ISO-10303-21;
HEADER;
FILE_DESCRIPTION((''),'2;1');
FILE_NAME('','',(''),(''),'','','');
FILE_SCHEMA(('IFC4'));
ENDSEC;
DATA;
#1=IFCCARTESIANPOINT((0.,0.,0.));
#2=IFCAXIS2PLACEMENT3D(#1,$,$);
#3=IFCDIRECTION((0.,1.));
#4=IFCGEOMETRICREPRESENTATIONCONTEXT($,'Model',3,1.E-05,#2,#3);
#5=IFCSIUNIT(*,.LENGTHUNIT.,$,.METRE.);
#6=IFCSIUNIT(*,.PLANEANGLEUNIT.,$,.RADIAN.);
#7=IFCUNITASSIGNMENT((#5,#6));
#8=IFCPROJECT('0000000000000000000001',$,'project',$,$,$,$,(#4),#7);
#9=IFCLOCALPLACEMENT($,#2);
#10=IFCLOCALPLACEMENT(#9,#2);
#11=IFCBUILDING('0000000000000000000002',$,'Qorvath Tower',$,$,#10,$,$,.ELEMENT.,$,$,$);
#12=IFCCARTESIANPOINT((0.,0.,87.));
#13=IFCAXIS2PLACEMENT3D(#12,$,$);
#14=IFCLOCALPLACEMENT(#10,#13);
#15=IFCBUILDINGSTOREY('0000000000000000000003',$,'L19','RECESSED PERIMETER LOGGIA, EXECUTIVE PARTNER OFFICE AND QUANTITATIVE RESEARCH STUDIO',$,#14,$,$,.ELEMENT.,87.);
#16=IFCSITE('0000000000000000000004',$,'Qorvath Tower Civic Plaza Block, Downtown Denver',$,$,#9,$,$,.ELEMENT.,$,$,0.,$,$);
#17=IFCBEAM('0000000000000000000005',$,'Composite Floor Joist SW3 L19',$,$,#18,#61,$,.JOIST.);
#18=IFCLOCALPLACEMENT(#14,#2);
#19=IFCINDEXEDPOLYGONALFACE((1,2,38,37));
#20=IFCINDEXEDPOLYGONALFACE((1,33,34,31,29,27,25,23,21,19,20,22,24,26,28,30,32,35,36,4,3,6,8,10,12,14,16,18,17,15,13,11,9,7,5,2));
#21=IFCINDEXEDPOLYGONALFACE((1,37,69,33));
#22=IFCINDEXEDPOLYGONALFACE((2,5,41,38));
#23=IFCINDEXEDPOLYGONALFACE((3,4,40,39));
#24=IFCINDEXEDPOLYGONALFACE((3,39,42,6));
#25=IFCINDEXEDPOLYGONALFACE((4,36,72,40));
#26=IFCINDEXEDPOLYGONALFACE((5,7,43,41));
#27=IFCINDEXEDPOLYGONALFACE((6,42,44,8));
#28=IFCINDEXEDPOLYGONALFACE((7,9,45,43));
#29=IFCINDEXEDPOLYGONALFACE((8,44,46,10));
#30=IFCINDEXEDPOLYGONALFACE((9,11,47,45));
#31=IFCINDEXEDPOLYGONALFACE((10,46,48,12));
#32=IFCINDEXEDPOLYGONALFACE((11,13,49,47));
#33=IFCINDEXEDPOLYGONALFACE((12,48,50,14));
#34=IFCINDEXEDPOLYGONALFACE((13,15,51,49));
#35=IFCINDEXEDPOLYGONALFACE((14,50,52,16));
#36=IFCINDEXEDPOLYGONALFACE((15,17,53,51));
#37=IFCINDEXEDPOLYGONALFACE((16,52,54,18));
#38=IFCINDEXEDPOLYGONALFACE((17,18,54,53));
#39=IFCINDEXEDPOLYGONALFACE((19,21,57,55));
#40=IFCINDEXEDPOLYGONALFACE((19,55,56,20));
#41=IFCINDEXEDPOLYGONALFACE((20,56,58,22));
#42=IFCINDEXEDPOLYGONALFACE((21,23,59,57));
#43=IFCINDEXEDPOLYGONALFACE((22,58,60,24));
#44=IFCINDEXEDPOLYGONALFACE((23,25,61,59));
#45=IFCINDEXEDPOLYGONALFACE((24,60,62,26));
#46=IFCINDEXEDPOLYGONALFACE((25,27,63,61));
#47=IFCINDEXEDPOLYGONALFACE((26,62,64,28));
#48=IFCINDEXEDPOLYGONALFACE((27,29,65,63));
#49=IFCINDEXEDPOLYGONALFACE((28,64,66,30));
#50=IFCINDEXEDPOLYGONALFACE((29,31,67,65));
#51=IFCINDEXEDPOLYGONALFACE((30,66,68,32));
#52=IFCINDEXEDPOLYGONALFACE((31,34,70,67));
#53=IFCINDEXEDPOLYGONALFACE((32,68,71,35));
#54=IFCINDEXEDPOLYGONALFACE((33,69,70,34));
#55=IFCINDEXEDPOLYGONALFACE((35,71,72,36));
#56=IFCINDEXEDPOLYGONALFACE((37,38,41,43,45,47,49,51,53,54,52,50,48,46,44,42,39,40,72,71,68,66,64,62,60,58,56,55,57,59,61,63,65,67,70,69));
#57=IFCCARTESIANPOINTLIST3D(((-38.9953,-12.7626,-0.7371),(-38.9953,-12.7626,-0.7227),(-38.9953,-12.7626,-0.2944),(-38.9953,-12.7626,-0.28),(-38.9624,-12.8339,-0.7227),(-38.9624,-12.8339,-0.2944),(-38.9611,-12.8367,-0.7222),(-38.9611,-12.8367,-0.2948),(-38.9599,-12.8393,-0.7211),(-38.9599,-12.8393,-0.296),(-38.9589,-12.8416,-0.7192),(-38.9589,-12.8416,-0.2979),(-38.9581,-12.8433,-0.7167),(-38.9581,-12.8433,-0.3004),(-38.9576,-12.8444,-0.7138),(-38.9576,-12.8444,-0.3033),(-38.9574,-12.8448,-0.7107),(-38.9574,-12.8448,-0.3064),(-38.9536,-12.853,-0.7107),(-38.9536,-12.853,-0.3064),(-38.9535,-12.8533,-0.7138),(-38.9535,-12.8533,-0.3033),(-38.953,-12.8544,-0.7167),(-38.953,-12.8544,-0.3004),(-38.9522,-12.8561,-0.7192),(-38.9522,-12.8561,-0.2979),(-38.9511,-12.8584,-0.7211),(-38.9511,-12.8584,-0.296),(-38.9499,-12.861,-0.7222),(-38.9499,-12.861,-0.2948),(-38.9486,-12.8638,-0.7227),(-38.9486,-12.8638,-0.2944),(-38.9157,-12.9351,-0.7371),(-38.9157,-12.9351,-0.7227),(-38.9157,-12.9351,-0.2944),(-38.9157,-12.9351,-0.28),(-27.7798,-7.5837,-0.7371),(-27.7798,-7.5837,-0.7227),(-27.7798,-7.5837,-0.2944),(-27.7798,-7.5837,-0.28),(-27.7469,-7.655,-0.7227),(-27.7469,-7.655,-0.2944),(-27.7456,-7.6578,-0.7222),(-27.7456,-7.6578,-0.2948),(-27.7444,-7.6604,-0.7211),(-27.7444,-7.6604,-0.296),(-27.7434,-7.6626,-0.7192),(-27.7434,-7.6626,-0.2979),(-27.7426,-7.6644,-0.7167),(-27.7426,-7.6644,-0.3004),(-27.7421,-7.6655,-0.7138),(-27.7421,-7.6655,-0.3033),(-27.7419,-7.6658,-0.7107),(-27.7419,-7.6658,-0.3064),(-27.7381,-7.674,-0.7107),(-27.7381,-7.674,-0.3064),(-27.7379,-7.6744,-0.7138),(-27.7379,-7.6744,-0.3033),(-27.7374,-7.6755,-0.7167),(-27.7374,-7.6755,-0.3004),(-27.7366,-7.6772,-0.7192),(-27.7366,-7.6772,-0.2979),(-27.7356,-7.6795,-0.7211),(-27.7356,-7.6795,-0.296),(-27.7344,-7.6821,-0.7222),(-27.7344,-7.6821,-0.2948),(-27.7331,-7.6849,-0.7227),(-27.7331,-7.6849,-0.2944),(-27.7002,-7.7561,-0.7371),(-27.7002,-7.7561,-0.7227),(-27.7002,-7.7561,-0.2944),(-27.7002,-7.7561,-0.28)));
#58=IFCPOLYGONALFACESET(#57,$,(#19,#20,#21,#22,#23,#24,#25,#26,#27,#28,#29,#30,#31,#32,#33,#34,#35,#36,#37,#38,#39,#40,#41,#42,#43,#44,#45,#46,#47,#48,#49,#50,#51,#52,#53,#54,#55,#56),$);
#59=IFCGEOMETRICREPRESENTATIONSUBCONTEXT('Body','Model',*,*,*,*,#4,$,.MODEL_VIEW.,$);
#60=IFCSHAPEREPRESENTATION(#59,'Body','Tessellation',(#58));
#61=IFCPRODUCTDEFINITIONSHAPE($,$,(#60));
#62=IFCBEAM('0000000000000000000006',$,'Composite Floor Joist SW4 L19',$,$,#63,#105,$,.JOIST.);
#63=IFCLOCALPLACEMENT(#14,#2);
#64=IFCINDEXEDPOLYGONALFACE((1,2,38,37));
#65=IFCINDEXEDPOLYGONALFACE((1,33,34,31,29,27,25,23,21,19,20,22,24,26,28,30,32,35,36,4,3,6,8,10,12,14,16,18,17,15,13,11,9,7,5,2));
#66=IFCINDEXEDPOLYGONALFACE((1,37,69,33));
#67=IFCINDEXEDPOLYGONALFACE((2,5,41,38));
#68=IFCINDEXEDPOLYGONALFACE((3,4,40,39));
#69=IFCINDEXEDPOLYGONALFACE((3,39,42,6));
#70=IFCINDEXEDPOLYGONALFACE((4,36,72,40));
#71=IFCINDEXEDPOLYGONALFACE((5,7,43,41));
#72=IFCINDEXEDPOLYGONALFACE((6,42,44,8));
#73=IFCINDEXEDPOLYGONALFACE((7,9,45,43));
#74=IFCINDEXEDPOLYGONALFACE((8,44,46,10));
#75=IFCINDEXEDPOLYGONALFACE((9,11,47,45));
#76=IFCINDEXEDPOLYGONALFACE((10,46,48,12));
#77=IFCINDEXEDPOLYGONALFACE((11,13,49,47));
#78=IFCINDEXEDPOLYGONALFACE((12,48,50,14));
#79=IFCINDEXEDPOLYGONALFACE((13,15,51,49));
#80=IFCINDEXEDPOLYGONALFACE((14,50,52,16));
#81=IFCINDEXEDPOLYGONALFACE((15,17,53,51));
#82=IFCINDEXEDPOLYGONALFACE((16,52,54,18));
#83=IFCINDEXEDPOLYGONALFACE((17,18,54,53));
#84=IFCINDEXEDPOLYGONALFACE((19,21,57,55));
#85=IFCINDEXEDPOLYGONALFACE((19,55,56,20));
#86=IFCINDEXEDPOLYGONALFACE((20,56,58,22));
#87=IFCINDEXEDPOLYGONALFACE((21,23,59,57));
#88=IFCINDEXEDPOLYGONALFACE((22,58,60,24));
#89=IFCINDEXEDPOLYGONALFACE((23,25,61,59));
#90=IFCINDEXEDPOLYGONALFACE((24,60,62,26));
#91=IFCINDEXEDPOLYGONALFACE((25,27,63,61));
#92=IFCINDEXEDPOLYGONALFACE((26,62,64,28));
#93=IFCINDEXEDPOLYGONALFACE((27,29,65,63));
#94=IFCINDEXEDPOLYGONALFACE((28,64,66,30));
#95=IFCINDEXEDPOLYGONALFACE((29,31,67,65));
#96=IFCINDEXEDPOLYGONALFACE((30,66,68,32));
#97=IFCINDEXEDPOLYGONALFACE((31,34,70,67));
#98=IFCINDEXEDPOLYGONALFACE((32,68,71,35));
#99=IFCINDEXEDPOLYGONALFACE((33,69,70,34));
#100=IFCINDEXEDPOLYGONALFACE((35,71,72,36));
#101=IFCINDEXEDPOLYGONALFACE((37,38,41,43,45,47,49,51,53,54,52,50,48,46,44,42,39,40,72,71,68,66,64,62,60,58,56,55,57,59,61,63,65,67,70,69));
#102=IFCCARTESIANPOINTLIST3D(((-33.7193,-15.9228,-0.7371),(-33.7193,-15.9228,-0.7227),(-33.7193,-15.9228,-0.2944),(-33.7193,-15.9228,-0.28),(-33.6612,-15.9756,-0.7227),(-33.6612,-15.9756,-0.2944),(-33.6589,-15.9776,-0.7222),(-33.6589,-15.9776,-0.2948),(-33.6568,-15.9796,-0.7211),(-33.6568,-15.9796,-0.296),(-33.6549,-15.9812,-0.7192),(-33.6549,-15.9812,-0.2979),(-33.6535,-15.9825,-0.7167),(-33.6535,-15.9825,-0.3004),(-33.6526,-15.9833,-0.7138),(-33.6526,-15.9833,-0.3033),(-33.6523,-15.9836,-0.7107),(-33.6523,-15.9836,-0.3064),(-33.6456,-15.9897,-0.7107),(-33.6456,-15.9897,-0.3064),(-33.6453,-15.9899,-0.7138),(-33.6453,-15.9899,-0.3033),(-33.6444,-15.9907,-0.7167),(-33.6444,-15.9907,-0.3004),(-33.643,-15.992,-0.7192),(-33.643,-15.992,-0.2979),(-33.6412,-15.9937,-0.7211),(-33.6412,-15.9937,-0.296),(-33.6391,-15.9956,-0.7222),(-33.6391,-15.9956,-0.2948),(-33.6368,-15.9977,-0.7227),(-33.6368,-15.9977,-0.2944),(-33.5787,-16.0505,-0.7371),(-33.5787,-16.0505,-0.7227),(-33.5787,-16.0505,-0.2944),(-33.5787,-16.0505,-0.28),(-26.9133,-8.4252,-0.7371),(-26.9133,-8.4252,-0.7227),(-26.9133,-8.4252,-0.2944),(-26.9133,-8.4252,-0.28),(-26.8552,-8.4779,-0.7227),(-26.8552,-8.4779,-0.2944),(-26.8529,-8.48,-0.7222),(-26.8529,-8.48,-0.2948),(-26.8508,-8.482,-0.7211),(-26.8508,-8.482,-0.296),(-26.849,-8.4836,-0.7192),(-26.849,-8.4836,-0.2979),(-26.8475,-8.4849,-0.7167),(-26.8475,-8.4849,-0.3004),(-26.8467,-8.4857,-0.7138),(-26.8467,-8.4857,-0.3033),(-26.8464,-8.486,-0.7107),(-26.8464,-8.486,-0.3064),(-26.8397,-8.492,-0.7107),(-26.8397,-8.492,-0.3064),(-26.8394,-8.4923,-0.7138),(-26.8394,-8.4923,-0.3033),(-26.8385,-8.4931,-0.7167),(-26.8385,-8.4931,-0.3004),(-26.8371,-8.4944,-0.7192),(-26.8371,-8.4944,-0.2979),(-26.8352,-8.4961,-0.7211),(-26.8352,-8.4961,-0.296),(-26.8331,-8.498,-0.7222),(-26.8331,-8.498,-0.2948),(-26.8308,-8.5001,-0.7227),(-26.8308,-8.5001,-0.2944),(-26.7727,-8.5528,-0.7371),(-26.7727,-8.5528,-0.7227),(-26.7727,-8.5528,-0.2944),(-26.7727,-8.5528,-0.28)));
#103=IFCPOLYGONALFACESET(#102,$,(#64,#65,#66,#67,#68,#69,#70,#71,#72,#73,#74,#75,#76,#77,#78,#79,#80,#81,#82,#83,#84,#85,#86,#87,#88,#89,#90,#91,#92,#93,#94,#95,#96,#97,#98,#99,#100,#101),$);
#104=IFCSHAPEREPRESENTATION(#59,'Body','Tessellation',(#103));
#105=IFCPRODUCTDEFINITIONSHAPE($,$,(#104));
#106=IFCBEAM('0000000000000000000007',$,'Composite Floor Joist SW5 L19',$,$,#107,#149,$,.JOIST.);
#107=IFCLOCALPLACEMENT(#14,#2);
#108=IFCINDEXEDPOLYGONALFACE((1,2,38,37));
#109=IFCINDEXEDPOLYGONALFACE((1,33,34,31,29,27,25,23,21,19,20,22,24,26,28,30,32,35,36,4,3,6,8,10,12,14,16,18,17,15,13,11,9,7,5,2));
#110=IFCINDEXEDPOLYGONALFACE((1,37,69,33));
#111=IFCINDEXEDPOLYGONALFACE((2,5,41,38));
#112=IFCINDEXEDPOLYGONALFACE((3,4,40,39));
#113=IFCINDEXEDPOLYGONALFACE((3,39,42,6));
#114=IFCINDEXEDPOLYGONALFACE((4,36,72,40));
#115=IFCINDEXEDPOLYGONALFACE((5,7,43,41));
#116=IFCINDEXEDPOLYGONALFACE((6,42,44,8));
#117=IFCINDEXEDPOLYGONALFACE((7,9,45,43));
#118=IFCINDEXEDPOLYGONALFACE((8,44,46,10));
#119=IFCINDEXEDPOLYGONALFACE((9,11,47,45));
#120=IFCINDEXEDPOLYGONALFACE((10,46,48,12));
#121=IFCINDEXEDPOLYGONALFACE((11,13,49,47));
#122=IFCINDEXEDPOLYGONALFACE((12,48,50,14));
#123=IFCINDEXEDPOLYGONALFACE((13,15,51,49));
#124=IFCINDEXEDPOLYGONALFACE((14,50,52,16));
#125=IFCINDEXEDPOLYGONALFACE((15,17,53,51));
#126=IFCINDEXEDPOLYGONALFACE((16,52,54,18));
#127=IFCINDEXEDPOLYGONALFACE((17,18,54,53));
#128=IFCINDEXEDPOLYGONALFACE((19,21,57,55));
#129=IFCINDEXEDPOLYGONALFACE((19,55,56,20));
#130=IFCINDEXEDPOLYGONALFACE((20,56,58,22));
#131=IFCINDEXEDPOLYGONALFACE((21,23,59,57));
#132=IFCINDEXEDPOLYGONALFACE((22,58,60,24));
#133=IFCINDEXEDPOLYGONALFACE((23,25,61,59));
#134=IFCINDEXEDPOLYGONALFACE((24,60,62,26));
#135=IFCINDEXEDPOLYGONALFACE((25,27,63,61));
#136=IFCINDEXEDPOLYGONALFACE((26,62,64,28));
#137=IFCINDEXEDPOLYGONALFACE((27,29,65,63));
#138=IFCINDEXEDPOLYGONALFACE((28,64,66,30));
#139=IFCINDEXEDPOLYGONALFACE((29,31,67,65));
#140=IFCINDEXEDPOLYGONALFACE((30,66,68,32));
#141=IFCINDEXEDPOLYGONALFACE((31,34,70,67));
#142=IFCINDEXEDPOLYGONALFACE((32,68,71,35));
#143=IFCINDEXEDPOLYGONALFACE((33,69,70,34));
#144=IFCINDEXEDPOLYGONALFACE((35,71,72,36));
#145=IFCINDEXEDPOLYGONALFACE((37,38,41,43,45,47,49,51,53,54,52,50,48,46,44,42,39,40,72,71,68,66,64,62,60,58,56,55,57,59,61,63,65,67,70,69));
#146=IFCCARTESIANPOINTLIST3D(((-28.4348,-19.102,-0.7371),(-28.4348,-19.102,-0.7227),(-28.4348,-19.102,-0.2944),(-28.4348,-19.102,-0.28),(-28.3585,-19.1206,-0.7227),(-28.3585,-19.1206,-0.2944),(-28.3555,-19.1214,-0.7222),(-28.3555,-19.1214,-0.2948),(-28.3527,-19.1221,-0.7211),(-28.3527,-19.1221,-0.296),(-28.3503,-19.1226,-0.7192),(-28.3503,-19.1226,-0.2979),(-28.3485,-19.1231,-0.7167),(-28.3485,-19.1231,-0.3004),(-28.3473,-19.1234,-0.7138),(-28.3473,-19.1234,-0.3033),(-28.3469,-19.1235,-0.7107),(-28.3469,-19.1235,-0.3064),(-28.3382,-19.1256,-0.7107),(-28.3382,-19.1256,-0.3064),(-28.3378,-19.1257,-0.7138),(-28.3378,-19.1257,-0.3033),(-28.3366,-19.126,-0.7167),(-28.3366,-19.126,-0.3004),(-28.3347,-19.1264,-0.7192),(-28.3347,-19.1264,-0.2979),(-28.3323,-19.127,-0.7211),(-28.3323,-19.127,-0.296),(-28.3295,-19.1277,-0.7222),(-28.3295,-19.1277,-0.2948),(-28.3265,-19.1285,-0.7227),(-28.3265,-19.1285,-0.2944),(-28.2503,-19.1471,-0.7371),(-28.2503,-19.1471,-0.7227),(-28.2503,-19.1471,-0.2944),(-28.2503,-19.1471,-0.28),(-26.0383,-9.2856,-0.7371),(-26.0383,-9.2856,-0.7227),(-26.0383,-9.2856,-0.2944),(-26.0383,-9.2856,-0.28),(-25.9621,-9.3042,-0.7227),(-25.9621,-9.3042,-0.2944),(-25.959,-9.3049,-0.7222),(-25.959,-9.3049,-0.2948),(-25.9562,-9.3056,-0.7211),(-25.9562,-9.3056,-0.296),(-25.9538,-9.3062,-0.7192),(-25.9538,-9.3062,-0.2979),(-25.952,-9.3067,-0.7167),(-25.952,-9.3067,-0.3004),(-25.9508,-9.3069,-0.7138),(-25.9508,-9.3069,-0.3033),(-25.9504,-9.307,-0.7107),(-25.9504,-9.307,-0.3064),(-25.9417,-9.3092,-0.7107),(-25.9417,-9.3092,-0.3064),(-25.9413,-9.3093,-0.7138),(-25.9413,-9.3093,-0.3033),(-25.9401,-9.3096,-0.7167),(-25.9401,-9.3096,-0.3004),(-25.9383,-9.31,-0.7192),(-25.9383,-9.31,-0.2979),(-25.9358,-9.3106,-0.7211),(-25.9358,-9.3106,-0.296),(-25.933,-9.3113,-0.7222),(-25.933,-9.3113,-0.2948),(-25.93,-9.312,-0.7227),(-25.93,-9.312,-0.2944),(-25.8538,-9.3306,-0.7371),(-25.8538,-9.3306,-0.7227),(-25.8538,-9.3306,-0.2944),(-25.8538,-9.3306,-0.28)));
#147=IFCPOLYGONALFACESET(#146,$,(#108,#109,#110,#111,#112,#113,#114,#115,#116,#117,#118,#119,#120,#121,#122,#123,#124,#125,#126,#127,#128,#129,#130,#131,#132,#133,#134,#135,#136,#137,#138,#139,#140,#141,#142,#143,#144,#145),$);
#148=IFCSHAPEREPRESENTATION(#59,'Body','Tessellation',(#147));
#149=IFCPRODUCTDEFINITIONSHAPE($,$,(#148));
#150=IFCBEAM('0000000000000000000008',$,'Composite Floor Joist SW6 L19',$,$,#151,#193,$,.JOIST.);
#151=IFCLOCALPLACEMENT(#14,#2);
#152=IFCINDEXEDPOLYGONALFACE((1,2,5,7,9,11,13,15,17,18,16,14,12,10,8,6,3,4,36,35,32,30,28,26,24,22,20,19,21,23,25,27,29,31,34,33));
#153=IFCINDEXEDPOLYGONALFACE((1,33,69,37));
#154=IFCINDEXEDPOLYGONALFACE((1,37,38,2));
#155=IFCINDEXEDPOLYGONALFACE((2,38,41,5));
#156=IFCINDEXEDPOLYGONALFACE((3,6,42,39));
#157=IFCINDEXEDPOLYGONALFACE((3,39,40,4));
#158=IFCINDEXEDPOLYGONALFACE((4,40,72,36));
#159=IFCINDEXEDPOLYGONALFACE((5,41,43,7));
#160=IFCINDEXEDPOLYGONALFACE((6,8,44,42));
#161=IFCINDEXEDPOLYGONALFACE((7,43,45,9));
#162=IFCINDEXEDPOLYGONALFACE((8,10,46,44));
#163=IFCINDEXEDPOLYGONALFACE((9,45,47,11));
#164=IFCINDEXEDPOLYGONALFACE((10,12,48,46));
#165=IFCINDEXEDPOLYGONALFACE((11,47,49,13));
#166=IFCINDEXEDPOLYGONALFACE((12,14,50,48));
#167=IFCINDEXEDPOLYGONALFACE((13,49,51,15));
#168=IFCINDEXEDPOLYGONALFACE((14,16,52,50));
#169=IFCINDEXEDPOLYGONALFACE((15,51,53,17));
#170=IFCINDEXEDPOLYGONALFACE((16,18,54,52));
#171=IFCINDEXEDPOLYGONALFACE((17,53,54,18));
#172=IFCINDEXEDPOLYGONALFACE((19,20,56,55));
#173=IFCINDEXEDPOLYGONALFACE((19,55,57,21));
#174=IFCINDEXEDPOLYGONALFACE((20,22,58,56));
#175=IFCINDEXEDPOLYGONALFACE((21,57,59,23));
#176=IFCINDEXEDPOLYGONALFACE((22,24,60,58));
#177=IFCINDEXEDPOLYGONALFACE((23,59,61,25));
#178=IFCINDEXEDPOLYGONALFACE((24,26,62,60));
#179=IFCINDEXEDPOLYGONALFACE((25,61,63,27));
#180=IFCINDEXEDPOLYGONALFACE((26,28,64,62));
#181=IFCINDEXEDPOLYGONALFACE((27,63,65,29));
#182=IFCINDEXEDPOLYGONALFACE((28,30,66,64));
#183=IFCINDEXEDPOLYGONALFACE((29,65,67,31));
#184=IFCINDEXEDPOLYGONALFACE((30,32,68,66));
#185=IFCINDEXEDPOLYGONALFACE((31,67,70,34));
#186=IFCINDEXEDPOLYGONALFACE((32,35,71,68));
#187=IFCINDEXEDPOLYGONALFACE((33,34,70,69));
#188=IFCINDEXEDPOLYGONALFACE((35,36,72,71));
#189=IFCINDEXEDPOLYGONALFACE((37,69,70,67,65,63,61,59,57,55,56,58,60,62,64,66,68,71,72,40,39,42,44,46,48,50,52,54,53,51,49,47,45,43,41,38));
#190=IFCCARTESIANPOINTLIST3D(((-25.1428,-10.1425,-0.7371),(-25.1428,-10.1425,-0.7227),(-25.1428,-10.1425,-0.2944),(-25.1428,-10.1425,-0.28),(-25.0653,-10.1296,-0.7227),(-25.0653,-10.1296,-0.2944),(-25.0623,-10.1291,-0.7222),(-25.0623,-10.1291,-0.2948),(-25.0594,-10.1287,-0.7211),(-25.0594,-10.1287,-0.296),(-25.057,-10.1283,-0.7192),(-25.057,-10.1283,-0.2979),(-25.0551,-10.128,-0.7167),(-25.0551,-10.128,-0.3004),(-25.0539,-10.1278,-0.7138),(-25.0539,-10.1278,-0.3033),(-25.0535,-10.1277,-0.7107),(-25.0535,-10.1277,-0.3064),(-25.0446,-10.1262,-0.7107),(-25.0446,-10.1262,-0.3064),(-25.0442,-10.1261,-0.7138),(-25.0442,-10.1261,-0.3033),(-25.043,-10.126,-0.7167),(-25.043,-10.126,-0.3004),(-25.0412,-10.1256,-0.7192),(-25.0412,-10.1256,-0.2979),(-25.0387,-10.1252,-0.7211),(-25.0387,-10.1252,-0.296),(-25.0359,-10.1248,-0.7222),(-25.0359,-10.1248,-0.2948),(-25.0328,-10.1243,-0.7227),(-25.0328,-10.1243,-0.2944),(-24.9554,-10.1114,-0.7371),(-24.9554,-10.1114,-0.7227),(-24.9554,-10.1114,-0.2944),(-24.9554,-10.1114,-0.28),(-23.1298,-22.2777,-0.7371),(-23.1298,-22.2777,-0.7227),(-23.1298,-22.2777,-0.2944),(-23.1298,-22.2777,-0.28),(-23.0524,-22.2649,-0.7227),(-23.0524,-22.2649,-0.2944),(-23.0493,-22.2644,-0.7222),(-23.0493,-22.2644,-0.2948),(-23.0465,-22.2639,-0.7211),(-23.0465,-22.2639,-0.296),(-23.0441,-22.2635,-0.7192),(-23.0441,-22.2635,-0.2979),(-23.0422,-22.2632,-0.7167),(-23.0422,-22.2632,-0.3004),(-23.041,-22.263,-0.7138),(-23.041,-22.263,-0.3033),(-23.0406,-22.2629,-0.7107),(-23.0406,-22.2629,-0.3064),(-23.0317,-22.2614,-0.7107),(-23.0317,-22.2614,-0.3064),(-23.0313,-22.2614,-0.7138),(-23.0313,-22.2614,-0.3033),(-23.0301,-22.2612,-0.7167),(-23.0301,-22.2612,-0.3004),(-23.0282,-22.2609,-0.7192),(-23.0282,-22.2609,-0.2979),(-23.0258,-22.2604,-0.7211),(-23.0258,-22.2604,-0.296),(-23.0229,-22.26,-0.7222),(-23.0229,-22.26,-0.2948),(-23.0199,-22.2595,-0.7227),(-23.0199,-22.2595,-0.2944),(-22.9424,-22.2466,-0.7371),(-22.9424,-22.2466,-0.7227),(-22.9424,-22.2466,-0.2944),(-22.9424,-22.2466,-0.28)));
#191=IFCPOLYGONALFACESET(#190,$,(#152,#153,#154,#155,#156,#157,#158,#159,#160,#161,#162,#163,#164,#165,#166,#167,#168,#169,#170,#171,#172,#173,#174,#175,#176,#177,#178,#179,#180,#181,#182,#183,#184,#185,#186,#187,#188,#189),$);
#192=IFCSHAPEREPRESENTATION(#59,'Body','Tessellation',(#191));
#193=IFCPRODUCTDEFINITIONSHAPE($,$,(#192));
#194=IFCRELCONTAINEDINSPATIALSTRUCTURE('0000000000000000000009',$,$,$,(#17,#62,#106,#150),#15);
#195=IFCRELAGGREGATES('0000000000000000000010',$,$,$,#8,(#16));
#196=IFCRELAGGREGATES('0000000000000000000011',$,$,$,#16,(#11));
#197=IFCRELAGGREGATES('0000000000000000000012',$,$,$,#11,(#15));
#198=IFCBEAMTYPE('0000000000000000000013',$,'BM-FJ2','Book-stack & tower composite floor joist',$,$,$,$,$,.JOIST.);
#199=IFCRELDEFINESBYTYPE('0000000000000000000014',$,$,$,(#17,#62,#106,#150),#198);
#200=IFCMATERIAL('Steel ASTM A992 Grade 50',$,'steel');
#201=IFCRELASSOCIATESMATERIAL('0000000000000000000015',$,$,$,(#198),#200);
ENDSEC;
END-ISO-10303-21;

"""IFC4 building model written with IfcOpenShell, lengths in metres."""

from ifc_helpers import new_model, si_unit, direction, frame, origin, origin_2d, place, context, subcontext, project, spatial, i_section, extrude, material, material_profile, profile_set, type_object, element, save


model = new_model("IFC4")

# Units and contexts
model_context = context("Model", 3, precision=1e-05, world=origin(), true_north=direction((0.0, 1.0)))
body_context = subcontext(model_context, "Body", "Model", "MODEL_VIEW")
ifc_project = project(units=[si_unit("LENGTHUNIT", "METRE"), si_unit("PLANEANGLEUNIT", "RADIAN")], contexts=[model_context])

# Site, building, storey
site_placement = place(None, origin())
site = spatial("IfcSite", under=ifc_project, at=site_placement, Name="Qorvath Tower Civic Plaza Block, Downtown Denver", CompositionType="ELEMENT", RefElevation=0.0)
building_placement = place(site_placement, origin())
building = spatial("IfcBuilding", under=site, at=building_placement, Name="Qorvath Tower", CompositionType="ELEMENT")
storey_placement = place(building_placement, frame((0.0, 0.0, 87.0)))
storey = spatial("IfcBuildingStorey", under=building, at=storey_placement, Name="L19", Description="RECESSED PERIMETER LOGGIA, EXECUTIVE PARTNER OFFICE AND QUANTITATIVE RESEARCH STUDIO", CompositionType="ELEMENT", Elevation=87.0)

# Beams
ifc_material_1 = material(Name="Steel ASTM A992 Grade 50", Category="steel")
ifc_material_profile_1 = material_profile(ifc_material_1, i_section(OverallWidth=0.1899, OverallDepth=0.457, WebThickness=0.009, FlangeThickness=0.0144, FilletRadius=0.012, at=origin_2d()), Name="W18x50")
ifc_profile_set_1 = profile_set([ifc_material_profile_1], Name="Steel ASTM A992 Grade 50")
beam_type_1 = type_object("IfcBeamType", Name="BM-FJ2", Description="Book-stack & tower composite floor joist", PredefinedType="JOIST", material=ifc_profile_set_1)
beam_1_placement = place(storey_placement, frame((-27.74, -7.6699, -0.5085), z_axis=(-0.907881, -0.419227, 0.0), x_axis=(0.419227, -0.907881, 0.0)))
element("IfcBeam", 1, at=beam_1_placement, inside=storey, type_object=beam_type_1, Name="Composite Floor Joist SW3 L19", PredefinedType="JOIST", context=body_context, shape_type="SweptSolid", body=[
    extrude(i_section(OverallWidth=0.1899, OverallDepth=0.457, WebThickness=0.009, FlangeThickness=0.0144, FilletRadius=0.012, at=origin_2d()), origin(), (0.0, 0.0, 1.0), 12.3535),
])
beam_2_placement = place(storey_placement, frame((-26.843, -8.489, -0.5085), z_axis=(-0.672129, -0.740434, 0.0), x_axis=(0.740434, -0.672129, 0.0)))
element("IfcBeam", 2, at=beam_2_placement, inside=storey, type_object=beam_type_1, Name="Composite Floor Joist SW4 L19", PredefinedType="JOIST", context=body_context, shape_type="SweptSolid", body=[
    extrude(i_section(OverallWidth=0.1899, OverallDepth=0.457, WebThickness=0.009, FlangeThickness=0.0144, FilletRadius=0.012, at=origin_2d()), origin(), (0.0, 0.0, 1.0), 10.126),
])
beam_3_placement = place(storey_placement, frame((-25.946, -9.3081, -0.5085), z_axis=(-0.237165, -0.971469, 0.0), x_axis=(0.971469, -0.237165, 0.0)))
element("IfcBeam", 3, at=beam_3_placement, inside=storey, type_object=beam_type_1, Name="Composite Floor Joist SW5 L19", PredefinedType="JOIST", context=body_context, shape_type="SweptSolid", body=[
    extrude(i_section(OverallWidth=0.1899, OverallDepth=0.457, WebThickness=0.009, FlangeThickness=0.0144, FilletRadius=0.012, at=origin_2d()), origin(), (0.0, 0.0, 1.0), 10.1047),
])
beam_4_placement = place(storey_placement, frame((-25.0491, -10.127, -0.5085), z_axis=(0.163639, -0.98652, 0.0), x_axis=(0.98652, 0.163639, 0.0)))
element("IfcBeam", 4, at=beam_4_placement, inside=storey, type_object=beam_type_1, Name="Composite Floor Joist SW6 L19", PredefinedType="JOIST", context=body_context, shape_type="SweptSolid", body=[
    extrude(i_section(OverallWidth=0.1899, OverallDepth=0.457, WebThickness=0.009, FlangeThickness=0.0144, FilletRadius=0.012, at=origin_2d()), origin(), (0.0, 0.0, 1.0), 12.301),
])

save(model, "model.ifc")
